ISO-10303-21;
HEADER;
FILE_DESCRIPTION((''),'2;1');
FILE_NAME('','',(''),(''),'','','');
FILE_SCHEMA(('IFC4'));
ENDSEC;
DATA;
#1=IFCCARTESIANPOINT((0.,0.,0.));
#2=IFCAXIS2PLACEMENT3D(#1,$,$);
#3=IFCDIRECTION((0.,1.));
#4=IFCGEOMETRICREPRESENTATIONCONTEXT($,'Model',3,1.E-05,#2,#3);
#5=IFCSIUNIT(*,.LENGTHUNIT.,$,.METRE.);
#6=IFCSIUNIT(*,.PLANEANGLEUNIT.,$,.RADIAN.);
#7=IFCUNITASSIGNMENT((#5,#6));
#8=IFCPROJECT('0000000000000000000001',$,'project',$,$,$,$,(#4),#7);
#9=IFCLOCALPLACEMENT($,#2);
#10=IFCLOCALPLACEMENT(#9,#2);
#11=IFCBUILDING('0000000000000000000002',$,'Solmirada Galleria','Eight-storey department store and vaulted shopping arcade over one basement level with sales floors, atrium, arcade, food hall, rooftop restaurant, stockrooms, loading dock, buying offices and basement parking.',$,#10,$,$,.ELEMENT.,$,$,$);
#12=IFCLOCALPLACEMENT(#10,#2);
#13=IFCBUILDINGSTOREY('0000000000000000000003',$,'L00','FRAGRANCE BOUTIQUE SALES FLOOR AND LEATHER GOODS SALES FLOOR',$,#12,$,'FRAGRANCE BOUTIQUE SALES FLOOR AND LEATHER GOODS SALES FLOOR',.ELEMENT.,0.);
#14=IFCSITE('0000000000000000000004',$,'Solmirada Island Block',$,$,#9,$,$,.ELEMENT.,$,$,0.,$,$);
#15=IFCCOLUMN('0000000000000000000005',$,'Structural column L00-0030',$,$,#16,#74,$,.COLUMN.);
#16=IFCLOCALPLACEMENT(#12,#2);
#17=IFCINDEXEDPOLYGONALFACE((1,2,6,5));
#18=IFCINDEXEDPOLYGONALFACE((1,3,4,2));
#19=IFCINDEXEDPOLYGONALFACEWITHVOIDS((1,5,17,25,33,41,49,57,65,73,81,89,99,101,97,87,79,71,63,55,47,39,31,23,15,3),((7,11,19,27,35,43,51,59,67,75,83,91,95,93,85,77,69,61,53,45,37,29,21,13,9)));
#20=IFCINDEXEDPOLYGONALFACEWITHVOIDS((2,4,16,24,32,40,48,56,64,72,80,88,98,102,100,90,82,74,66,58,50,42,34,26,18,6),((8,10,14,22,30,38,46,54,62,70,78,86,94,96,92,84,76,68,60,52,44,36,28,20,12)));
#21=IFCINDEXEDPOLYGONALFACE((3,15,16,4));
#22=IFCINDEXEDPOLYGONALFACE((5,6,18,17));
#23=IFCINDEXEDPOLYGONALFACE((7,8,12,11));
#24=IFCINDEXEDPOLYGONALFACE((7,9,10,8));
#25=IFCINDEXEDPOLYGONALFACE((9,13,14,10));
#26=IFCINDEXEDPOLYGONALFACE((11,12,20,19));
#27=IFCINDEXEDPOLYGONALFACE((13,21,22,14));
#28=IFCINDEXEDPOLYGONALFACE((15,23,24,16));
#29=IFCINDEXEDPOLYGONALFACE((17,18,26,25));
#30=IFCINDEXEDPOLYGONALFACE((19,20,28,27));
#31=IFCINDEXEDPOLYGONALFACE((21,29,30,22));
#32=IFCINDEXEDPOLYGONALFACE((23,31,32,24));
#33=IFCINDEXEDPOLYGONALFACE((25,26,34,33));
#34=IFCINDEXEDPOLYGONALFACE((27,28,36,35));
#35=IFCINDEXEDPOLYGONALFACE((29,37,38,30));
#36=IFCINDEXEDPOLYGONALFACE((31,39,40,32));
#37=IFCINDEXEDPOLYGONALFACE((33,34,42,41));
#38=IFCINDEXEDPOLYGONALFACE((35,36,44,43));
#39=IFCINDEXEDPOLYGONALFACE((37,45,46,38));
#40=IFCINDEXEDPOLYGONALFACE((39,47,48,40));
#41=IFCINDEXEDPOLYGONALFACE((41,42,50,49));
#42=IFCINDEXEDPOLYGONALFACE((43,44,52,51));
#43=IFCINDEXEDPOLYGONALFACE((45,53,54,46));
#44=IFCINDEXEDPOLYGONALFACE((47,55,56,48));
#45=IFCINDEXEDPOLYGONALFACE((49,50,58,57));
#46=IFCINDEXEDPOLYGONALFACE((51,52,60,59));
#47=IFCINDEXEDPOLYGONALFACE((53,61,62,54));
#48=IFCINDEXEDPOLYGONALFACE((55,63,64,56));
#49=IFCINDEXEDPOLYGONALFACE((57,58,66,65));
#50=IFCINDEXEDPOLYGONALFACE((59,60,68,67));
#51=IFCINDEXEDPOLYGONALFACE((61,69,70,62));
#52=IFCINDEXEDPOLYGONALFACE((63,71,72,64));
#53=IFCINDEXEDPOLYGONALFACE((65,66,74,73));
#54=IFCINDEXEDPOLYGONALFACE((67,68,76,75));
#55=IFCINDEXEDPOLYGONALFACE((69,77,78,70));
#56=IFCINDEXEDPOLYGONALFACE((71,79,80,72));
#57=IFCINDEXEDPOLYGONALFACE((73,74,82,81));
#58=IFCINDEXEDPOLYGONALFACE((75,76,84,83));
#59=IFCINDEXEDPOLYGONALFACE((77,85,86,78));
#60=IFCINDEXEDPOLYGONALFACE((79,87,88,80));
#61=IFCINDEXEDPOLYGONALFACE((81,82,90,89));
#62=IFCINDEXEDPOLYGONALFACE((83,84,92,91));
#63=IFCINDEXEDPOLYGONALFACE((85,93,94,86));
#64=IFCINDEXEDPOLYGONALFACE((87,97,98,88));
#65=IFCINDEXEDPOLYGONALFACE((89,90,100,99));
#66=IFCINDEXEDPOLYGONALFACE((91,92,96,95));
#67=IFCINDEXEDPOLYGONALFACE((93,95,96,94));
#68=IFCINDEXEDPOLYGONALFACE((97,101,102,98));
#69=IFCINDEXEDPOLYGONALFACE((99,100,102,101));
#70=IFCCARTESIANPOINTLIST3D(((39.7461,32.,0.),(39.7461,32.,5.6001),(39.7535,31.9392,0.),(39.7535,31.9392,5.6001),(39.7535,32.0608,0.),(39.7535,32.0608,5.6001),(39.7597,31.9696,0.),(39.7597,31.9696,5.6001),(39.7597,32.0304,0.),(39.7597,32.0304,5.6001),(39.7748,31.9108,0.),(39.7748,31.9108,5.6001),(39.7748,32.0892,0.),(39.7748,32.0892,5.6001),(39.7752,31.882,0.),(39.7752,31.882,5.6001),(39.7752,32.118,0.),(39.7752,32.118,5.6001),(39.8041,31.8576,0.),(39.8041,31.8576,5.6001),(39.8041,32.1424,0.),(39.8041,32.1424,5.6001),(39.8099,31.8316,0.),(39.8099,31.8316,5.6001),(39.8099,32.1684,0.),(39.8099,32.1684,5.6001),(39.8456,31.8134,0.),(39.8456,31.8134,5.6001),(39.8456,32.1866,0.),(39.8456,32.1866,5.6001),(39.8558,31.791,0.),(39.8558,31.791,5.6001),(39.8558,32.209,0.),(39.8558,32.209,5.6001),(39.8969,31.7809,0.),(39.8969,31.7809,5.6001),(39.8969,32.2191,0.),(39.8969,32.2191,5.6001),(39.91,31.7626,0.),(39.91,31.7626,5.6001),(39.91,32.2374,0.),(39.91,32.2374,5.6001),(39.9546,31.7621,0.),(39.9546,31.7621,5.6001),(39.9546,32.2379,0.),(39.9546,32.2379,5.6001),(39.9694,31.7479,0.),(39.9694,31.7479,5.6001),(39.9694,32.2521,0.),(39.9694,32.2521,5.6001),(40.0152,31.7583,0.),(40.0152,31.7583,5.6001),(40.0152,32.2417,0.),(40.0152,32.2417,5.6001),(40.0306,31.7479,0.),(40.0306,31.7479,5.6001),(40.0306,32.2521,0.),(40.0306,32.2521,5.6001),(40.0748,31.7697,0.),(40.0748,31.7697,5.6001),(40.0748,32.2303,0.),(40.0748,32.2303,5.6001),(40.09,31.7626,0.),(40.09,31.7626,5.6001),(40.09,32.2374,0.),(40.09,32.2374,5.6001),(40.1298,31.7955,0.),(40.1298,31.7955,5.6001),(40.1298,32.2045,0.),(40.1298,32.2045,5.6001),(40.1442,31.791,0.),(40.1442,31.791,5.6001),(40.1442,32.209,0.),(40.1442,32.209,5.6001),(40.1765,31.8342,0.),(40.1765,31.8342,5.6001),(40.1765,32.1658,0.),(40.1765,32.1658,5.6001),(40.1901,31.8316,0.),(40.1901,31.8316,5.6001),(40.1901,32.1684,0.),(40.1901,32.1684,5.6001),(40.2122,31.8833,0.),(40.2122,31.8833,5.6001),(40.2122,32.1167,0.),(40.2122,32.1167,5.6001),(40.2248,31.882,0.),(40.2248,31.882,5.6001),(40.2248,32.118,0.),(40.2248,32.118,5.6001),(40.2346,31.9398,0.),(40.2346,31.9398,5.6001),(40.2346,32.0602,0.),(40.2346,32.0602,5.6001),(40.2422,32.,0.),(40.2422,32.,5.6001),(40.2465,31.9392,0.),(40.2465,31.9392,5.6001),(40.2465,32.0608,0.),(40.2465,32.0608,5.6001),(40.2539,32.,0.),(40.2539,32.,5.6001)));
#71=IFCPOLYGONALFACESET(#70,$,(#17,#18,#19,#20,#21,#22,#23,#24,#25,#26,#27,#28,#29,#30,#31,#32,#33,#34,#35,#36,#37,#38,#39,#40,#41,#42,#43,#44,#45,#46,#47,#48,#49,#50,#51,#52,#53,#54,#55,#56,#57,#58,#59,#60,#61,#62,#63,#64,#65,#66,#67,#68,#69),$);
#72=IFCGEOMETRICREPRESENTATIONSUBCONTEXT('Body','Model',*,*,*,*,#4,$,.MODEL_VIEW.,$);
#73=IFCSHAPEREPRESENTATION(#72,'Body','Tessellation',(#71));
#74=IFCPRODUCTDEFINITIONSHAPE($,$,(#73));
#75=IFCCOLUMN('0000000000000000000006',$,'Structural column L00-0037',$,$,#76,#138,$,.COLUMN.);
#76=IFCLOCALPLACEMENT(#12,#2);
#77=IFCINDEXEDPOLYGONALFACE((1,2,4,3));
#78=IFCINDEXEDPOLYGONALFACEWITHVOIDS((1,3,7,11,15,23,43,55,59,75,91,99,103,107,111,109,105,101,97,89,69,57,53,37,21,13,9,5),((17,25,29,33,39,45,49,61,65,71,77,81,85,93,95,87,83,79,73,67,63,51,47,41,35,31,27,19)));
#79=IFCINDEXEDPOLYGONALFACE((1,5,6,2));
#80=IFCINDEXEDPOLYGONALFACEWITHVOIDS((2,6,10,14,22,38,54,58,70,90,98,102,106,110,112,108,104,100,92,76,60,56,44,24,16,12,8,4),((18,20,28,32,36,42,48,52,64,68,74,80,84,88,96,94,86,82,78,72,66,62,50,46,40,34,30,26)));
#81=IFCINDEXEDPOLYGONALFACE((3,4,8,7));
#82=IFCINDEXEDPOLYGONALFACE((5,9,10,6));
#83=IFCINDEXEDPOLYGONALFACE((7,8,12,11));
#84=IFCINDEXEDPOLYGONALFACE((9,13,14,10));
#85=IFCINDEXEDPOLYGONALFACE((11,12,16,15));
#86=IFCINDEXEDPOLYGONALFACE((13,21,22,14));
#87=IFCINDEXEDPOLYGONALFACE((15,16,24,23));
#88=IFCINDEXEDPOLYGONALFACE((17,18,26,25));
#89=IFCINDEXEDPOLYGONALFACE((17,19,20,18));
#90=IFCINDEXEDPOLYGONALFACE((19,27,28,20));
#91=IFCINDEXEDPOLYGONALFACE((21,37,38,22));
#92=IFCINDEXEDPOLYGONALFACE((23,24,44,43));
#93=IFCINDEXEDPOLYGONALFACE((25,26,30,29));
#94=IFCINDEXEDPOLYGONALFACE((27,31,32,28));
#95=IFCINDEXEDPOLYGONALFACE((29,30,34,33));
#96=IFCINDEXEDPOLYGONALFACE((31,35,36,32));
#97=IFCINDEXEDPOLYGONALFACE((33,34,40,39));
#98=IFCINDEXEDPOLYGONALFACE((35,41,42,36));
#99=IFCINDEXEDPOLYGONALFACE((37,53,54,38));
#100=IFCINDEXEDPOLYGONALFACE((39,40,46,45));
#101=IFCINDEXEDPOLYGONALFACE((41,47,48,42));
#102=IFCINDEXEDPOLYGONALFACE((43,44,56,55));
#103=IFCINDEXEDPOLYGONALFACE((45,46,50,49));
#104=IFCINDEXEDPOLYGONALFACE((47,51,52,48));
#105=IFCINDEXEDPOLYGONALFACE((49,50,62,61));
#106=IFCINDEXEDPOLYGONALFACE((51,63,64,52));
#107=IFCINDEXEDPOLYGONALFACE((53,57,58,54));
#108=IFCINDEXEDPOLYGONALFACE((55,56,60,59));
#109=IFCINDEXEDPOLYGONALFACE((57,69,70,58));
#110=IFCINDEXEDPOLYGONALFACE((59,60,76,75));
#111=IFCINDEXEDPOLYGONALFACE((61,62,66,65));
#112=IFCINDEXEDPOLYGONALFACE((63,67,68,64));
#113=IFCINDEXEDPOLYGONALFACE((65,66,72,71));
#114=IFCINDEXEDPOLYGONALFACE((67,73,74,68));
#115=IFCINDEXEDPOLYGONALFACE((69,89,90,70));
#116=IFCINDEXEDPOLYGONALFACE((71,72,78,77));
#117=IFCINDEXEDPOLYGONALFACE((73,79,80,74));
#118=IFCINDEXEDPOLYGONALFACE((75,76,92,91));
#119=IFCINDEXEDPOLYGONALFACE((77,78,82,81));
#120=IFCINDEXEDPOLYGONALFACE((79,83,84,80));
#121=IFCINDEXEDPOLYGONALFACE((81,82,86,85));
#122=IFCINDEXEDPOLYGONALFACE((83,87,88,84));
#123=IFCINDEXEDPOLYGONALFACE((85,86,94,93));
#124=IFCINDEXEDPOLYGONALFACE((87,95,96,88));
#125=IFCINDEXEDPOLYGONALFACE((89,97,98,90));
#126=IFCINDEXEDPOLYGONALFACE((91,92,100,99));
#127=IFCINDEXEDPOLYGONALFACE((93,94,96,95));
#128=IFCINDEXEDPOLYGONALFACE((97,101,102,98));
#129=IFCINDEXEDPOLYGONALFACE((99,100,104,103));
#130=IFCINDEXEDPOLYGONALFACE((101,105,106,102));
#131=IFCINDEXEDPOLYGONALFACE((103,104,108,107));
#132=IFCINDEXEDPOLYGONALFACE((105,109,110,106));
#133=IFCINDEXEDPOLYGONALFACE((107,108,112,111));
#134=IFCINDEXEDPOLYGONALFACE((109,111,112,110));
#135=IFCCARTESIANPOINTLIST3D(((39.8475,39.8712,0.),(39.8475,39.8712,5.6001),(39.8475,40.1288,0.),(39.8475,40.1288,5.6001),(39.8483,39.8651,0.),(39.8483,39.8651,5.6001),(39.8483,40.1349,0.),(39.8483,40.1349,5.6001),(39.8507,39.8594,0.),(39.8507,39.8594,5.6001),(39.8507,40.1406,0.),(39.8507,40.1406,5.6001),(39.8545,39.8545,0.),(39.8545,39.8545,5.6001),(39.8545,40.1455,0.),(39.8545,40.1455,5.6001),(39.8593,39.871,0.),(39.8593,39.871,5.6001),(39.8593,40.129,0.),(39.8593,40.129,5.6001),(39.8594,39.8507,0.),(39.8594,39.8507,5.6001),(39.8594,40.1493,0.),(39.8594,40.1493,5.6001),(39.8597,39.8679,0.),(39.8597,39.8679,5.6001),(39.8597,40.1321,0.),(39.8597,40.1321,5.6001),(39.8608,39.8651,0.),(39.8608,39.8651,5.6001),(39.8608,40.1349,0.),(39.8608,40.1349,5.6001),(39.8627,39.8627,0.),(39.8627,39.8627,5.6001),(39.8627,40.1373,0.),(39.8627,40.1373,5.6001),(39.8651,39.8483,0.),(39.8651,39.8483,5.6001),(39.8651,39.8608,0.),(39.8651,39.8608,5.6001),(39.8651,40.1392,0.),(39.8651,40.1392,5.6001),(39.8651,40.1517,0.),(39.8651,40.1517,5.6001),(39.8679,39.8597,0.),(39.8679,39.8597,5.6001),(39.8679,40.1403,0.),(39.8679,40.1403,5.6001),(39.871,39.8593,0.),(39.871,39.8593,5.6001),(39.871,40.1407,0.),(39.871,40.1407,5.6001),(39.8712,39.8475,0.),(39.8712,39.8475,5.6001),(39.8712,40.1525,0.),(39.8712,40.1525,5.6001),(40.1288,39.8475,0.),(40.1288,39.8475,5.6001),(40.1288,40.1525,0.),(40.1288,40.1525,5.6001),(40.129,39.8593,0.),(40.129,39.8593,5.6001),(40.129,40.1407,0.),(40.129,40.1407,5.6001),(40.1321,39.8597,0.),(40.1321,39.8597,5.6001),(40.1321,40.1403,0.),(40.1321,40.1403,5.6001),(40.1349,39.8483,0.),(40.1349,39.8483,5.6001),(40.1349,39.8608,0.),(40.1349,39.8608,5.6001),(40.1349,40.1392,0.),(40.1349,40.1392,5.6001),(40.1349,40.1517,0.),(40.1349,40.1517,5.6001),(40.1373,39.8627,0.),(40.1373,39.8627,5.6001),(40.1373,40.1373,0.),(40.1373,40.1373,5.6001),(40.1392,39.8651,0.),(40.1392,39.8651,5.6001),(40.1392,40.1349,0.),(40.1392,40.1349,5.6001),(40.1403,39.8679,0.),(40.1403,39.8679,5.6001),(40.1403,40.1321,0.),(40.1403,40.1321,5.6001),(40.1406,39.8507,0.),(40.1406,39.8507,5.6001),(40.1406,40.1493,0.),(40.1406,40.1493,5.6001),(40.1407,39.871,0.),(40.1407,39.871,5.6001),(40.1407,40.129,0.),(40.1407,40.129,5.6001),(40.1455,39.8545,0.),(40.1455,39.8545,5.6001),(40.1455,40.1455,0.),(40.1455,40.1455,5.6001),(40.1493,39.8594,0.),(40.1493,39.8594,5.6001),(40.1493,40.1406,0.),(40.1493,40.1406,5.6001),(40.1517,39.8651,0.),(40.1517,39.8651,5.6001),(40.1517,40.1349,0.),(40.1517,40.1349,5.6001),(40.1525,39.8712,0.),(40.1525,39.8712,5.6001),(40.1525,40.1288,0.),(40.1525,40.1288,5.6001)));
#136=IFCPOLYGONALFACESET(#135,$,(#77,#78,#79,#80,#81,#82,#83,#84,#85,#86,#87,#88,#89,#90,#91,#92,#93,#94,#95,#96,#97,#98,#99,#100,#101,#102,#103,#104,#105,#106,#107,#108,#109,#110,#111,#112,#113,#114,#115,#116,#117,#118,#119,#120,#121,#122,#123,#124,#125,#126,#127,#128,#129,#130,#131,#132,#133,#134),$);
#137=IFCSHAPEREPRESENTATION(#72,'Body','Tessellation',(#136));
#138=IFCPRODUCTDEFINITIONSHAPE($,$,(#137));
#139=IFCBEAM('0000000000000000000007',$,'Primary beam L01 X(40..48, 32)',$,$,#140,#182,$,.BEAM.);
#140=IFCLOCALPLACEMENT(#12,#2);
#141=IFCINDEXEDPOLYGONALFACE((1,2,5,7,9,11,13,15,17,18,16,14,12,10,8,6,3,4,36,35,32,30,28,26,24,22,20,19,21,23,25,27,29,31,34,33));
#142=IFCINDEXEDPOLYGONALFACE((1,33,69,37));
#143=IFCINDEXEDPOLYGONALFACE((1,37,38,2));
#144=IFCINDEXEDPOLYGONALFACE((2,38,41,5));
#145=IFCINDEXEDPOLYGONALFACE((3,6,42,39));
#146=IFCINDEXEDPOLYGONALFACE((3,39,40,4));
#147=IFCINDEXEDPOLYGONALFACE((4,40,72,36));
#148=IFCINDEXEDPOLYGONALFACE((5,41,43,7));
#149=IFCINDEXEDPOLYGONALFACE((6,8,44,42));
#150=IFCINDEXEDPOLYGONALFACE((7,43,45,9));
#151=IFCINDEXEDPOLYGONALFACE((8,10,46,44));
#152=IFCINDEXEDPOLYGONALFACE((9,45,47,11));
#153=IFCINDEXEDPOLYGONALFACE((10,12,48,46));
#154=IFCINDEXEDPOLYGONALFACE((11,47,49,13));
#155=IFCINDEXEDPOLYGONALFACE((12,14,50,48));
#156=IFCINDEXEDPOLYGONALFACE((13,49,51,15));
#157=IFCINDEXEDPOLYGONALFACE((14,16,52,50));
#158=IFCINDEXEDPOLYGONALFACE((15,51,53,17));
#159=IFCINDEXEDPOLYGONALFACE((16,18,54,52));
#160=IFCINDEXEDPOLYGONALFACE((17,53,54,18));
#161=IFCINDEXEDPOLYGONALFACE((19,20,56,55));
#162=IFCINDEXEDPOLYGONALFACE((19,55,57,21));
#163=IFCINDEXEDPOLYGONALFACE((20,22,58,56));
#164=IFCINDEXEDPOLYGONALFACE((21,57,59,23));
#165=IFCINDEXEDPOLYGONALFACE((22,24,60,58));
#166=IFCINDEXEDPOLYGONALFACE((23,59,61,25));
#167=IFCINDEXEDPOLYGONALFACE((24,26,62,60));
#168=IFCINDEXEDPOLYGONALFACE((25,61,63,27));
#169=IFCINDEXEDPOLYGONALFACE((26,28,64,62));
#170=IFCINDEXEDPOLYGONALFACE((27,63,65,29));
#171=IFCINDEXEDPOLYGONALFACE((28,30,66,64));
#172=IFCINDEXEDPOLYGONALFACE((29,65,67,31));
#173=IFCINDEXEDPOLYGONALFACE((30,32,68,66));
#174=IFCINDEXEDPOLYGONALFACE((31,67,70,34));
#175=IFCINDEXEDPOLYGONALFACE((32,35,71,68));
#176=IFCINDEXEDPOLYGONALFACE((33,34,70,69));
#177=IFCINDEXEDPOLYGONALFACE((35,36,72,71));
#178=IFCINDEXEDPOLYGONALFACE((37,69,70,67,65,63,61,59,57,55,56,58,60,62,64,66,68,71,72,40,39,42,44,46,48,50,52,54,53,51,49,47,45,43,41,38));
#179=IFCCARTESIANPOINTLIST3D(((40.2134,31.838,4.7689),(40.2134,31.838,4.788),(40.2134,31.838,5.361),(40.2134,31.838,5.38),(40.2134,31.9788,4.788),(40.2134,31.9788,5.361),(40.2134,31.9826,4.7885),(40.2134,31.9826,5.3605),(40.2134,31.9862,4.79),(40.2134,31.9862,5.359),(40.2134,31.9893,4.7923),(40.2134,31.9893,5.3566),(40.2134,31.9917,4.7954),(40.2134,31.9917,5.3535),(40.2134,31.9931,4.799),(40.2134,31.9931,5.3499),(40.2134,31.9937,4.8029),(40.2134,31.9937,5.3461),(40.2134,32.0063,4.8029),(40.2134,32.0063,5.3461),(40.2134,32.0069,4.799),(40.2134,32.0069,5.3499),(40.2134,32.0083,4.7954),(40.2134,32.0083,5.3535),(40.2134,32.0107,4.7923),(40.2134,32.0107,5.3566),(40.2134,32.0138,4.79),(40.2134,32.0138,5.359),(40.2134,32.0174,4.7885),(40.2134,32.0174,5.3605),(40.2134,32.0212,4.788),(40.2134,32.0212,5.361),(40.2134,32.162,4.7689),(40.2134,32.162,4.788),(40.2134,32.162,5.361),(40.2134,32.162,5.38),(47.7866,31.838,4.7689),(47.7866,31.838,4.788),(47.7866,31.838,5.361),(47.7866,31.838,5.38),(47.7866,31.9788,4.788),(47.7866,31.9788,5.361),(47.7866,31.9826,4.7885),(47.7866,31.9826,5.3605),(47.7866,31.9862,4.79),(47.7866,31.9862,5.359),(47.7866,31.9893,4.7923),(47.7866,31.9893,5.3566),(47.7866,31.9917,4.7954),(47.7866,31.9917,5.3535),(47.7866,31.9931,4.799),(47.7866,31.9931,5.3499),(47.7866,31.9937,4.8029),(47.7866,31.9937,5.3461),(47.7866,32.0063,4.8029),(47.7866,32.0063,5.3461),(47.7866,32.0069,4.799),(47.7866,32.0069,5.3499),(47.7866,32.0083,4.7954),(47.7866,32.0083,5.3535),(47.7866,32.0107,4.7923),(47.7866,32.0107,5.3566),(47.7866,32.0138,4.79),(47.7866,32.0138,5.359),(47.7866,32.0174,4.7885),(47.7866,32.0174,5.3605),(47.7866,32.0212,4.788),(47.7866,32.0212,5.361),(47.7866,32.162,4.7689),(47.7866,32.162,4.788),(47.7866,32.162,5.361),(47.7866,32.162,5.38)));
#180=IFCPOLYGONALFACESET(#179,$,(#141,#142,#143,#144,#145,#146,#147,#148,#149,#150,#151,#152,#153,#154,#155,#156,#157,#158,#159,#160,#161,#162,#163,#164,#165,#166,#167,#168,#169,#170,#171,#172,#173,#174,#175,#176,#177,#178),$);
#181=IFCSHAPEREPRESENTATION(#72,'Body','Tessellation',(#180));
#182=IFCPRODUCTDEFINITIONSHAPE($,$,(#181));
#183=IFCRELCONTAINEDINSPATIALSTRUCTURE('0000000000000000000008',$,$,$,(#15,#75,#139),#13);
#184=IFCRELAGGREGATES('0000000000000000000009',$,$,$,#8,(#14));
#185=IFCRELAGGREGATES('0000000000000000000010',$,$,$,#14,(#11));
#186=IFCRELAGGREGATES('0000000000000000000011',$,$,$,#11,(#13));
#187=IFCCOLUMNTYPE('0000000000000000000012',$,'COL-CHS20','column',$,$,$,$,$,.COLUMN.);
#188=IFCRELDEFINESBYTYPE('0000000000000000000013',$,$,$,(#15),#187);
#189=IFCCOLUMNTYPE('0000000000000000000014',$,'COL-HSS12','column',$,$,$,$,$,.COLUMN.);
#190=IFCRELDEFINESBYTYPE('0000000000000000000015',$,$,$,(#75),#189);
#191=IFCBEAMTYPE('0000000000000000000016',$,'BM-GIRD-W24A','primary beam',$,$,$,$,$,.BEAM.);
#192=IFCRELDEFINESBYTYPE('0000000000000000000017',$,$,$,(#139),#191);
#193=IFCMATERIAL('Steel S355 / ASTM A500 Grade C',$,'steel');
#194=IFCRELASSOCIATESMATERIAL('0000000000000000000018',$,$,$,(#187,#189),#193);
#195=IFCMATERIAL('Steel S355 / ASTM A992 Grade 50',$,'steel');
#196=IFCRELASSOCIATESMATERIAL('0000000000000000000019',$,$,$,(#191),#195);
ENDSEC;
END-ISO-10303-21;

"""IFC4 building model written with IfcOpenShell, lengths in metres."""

from ifc_helpers import new_model, si_unit, direction, frame, origin, origin_2d, place, context, subcontext, project, spatial, hollow_rectangle, hollow_circle, i_section, extrude, material, material_profile, profile_set, type_object, element, save


model = new_model("IFC4")

# Units and contexts
model_context = context("Model", 3, precision=1e-05, world=origin(), true_north=direction((0.0, 1.0)))
body_context = subcontext(model_context, "Body", "Model", "MODEL_VIEW")
ifc_project = project(units=[si_unit("LENGTHUNIT", "METRE"), si_unit("PLANEANGLEUNIT", "RADIAN")], contexts=[model_context])

# Site, building, storey
site_placement = place(None, origin())
site = spatial("IfcSite", under=ifc_project, at=site_placement, Name="Solmirada Island Block", CompositionType="ELEMENT", RefElevation=0.0)
building_placement = place(site_placement, origin())
building = spatial("IfcBuilding", under=site, at=building_placement, Name="Solmirada Galleria", Description="Eight-storey department store and vaulted shopping arcade over one basement level with sales floors, atrium, arcade, food hall, rooftop restaurant, stockrooms, loading dock, buying offices and basement parking.", CompositionType="ELEMENT")
storey_placement = place(building_placement, origin())
storey = spatial("IfcBuildingStorey", under=building, at=storey_placement, Name="L00", Description="FRAGRANCE BOUTIQUE SALES FLOOR AND LEATHER GOODS SALES FLOOR", LongName="FRAGRANCE BOUTIQUE SALES FLOOR AND LEATHER GOODS SALES FLOOR", CompositionType="ELEMENT", Elevation=0.0)

# Columns
ifc_material_1 = material(Name="Steel S355 / ASTM A500 Grade C", Category="steel")
ifc_material_profile_1 = material_profile(ifc_material_1, hollow_circle(Radius=0.2539, WallThickness=0.0117, at=origin_2d()), Name="HSS20.000X0.500")
ifc_profile_set_1 = profile_set([ifc_material_profile_1], Name="Steel S355 / ASTM A500 Grade C")
column_type_1 = type_object("IfcColumnType", Name="COL-CHS20", Description="column", PredefinedType="COLUMN", material=ifc_profile_set_1)
column_1_placement = place(storey_placement, frame((40.0, 32.0, 0.0), z_axis=(0.0, 0.0, 1.0), x_axis=(1.0, 0.0, 0.0)))
element("IfcColumn", 1, at=column_1_placement, inside=storey, type_object=column_type_1, Name="Structural column L00-0030", PredefinedType="COLUMN", context=body_context, shape_type="SweptSolid", body=[
    extrude(hollow_circle(Radius=0.2539, WallThickness=0.0117, at=origin_2d()), origin(), (0.0, 0.0, 1.0), 5.6001),
])
ifc_material_profile_2 = material_profile(ifc_material_1, hollow_rectangle(XDim=0.3049, YDim=0.3049, WallThickness=0.0117, InnerFilletRadius=0.0117, OuterFilletRadius=0.0237, at=origin_2d()), Name="HSS12X12X1/2")
ifc_profile_set_2 = profile_set([ifc_material_profile_2], Name="Steel S355 / ASTM A500 Grade C")
column_type_2 = type_object("IfcColumnType", Name="COL-HSS12", Description="column", PredefinedType="COLUMN", material=ifc_profile_set_2)
column_2_placement = place(storey_placement, frame((40.0, 40.0, 0.0), z_axis=(0.0, 0.0, 1.0), x_axis=(1.0, 0.0, 0.0)))
element("IfcColumn", 2, at=column_2_placement, inside=storey, type_object=column_type_2, Name="Structural column L00-0037", PredefinedType="COLUMN", context=body_context, shape_type="SweptSolid", body=[
    extrude(hollow_rectangle(XDim=0.3049, YDim=0.3049, WallThickness=0.0117, InnerFilletRadius=0.0117, OuterFilletRadius=0.0237, at=origin_2d()), origin(), (0.0, 0.0, 1.0), 5.6001),
])

# Beam
ifc_material_2 = material(Name="Steel S355 / ASTM A992 Grade 50", Category="steel")
ifc_material_profile_3 = material_profile(ifc_material_2, i_section(OverallWidth=0.324, OverallDepth=0.6111, WebThickness=0.0127, FlangeThickness=0.019, FilletRadius=0.0149, at=origin_2d()), Name="W24X104")
ifc_profile_set_3 = profile_set([ifc_material_profile_3], Name="Steel S355 / ASTM A992 Grade 50")
beam_type_1 = type_object("IfcBeamType", Name="BM-GIRD-W24A", Description="primary beam", PredefinedType="BEAM", material=ifc_profile_set_3)
beam_1_placement = place(storey_placement, frame((40.2134, 32.0, 5.0745), z_axis=(1.0, 0.0, 0.0), x_axis=(0.0, 1.0, 0.0)))
element("IfcBeam", 3, at=beam_1_placement, inside=storey, type_object=beam_type_1, Name="Primary beam L01 X(40..48, 32)", PredefinedType="BEAM", context=body_context, shape_type="SweptSolid", body=[
    extrude(i_section(OverallWidth=0.324, OverallDepth=0.6111, WebThickness=0.0127, FlangeThickness=0.019, FilletRadius=0.0149, at=origin_2d()), origin(), (0.0, 0.0, 1.0), 7.5732),
])

save(model, "model.ifc")
